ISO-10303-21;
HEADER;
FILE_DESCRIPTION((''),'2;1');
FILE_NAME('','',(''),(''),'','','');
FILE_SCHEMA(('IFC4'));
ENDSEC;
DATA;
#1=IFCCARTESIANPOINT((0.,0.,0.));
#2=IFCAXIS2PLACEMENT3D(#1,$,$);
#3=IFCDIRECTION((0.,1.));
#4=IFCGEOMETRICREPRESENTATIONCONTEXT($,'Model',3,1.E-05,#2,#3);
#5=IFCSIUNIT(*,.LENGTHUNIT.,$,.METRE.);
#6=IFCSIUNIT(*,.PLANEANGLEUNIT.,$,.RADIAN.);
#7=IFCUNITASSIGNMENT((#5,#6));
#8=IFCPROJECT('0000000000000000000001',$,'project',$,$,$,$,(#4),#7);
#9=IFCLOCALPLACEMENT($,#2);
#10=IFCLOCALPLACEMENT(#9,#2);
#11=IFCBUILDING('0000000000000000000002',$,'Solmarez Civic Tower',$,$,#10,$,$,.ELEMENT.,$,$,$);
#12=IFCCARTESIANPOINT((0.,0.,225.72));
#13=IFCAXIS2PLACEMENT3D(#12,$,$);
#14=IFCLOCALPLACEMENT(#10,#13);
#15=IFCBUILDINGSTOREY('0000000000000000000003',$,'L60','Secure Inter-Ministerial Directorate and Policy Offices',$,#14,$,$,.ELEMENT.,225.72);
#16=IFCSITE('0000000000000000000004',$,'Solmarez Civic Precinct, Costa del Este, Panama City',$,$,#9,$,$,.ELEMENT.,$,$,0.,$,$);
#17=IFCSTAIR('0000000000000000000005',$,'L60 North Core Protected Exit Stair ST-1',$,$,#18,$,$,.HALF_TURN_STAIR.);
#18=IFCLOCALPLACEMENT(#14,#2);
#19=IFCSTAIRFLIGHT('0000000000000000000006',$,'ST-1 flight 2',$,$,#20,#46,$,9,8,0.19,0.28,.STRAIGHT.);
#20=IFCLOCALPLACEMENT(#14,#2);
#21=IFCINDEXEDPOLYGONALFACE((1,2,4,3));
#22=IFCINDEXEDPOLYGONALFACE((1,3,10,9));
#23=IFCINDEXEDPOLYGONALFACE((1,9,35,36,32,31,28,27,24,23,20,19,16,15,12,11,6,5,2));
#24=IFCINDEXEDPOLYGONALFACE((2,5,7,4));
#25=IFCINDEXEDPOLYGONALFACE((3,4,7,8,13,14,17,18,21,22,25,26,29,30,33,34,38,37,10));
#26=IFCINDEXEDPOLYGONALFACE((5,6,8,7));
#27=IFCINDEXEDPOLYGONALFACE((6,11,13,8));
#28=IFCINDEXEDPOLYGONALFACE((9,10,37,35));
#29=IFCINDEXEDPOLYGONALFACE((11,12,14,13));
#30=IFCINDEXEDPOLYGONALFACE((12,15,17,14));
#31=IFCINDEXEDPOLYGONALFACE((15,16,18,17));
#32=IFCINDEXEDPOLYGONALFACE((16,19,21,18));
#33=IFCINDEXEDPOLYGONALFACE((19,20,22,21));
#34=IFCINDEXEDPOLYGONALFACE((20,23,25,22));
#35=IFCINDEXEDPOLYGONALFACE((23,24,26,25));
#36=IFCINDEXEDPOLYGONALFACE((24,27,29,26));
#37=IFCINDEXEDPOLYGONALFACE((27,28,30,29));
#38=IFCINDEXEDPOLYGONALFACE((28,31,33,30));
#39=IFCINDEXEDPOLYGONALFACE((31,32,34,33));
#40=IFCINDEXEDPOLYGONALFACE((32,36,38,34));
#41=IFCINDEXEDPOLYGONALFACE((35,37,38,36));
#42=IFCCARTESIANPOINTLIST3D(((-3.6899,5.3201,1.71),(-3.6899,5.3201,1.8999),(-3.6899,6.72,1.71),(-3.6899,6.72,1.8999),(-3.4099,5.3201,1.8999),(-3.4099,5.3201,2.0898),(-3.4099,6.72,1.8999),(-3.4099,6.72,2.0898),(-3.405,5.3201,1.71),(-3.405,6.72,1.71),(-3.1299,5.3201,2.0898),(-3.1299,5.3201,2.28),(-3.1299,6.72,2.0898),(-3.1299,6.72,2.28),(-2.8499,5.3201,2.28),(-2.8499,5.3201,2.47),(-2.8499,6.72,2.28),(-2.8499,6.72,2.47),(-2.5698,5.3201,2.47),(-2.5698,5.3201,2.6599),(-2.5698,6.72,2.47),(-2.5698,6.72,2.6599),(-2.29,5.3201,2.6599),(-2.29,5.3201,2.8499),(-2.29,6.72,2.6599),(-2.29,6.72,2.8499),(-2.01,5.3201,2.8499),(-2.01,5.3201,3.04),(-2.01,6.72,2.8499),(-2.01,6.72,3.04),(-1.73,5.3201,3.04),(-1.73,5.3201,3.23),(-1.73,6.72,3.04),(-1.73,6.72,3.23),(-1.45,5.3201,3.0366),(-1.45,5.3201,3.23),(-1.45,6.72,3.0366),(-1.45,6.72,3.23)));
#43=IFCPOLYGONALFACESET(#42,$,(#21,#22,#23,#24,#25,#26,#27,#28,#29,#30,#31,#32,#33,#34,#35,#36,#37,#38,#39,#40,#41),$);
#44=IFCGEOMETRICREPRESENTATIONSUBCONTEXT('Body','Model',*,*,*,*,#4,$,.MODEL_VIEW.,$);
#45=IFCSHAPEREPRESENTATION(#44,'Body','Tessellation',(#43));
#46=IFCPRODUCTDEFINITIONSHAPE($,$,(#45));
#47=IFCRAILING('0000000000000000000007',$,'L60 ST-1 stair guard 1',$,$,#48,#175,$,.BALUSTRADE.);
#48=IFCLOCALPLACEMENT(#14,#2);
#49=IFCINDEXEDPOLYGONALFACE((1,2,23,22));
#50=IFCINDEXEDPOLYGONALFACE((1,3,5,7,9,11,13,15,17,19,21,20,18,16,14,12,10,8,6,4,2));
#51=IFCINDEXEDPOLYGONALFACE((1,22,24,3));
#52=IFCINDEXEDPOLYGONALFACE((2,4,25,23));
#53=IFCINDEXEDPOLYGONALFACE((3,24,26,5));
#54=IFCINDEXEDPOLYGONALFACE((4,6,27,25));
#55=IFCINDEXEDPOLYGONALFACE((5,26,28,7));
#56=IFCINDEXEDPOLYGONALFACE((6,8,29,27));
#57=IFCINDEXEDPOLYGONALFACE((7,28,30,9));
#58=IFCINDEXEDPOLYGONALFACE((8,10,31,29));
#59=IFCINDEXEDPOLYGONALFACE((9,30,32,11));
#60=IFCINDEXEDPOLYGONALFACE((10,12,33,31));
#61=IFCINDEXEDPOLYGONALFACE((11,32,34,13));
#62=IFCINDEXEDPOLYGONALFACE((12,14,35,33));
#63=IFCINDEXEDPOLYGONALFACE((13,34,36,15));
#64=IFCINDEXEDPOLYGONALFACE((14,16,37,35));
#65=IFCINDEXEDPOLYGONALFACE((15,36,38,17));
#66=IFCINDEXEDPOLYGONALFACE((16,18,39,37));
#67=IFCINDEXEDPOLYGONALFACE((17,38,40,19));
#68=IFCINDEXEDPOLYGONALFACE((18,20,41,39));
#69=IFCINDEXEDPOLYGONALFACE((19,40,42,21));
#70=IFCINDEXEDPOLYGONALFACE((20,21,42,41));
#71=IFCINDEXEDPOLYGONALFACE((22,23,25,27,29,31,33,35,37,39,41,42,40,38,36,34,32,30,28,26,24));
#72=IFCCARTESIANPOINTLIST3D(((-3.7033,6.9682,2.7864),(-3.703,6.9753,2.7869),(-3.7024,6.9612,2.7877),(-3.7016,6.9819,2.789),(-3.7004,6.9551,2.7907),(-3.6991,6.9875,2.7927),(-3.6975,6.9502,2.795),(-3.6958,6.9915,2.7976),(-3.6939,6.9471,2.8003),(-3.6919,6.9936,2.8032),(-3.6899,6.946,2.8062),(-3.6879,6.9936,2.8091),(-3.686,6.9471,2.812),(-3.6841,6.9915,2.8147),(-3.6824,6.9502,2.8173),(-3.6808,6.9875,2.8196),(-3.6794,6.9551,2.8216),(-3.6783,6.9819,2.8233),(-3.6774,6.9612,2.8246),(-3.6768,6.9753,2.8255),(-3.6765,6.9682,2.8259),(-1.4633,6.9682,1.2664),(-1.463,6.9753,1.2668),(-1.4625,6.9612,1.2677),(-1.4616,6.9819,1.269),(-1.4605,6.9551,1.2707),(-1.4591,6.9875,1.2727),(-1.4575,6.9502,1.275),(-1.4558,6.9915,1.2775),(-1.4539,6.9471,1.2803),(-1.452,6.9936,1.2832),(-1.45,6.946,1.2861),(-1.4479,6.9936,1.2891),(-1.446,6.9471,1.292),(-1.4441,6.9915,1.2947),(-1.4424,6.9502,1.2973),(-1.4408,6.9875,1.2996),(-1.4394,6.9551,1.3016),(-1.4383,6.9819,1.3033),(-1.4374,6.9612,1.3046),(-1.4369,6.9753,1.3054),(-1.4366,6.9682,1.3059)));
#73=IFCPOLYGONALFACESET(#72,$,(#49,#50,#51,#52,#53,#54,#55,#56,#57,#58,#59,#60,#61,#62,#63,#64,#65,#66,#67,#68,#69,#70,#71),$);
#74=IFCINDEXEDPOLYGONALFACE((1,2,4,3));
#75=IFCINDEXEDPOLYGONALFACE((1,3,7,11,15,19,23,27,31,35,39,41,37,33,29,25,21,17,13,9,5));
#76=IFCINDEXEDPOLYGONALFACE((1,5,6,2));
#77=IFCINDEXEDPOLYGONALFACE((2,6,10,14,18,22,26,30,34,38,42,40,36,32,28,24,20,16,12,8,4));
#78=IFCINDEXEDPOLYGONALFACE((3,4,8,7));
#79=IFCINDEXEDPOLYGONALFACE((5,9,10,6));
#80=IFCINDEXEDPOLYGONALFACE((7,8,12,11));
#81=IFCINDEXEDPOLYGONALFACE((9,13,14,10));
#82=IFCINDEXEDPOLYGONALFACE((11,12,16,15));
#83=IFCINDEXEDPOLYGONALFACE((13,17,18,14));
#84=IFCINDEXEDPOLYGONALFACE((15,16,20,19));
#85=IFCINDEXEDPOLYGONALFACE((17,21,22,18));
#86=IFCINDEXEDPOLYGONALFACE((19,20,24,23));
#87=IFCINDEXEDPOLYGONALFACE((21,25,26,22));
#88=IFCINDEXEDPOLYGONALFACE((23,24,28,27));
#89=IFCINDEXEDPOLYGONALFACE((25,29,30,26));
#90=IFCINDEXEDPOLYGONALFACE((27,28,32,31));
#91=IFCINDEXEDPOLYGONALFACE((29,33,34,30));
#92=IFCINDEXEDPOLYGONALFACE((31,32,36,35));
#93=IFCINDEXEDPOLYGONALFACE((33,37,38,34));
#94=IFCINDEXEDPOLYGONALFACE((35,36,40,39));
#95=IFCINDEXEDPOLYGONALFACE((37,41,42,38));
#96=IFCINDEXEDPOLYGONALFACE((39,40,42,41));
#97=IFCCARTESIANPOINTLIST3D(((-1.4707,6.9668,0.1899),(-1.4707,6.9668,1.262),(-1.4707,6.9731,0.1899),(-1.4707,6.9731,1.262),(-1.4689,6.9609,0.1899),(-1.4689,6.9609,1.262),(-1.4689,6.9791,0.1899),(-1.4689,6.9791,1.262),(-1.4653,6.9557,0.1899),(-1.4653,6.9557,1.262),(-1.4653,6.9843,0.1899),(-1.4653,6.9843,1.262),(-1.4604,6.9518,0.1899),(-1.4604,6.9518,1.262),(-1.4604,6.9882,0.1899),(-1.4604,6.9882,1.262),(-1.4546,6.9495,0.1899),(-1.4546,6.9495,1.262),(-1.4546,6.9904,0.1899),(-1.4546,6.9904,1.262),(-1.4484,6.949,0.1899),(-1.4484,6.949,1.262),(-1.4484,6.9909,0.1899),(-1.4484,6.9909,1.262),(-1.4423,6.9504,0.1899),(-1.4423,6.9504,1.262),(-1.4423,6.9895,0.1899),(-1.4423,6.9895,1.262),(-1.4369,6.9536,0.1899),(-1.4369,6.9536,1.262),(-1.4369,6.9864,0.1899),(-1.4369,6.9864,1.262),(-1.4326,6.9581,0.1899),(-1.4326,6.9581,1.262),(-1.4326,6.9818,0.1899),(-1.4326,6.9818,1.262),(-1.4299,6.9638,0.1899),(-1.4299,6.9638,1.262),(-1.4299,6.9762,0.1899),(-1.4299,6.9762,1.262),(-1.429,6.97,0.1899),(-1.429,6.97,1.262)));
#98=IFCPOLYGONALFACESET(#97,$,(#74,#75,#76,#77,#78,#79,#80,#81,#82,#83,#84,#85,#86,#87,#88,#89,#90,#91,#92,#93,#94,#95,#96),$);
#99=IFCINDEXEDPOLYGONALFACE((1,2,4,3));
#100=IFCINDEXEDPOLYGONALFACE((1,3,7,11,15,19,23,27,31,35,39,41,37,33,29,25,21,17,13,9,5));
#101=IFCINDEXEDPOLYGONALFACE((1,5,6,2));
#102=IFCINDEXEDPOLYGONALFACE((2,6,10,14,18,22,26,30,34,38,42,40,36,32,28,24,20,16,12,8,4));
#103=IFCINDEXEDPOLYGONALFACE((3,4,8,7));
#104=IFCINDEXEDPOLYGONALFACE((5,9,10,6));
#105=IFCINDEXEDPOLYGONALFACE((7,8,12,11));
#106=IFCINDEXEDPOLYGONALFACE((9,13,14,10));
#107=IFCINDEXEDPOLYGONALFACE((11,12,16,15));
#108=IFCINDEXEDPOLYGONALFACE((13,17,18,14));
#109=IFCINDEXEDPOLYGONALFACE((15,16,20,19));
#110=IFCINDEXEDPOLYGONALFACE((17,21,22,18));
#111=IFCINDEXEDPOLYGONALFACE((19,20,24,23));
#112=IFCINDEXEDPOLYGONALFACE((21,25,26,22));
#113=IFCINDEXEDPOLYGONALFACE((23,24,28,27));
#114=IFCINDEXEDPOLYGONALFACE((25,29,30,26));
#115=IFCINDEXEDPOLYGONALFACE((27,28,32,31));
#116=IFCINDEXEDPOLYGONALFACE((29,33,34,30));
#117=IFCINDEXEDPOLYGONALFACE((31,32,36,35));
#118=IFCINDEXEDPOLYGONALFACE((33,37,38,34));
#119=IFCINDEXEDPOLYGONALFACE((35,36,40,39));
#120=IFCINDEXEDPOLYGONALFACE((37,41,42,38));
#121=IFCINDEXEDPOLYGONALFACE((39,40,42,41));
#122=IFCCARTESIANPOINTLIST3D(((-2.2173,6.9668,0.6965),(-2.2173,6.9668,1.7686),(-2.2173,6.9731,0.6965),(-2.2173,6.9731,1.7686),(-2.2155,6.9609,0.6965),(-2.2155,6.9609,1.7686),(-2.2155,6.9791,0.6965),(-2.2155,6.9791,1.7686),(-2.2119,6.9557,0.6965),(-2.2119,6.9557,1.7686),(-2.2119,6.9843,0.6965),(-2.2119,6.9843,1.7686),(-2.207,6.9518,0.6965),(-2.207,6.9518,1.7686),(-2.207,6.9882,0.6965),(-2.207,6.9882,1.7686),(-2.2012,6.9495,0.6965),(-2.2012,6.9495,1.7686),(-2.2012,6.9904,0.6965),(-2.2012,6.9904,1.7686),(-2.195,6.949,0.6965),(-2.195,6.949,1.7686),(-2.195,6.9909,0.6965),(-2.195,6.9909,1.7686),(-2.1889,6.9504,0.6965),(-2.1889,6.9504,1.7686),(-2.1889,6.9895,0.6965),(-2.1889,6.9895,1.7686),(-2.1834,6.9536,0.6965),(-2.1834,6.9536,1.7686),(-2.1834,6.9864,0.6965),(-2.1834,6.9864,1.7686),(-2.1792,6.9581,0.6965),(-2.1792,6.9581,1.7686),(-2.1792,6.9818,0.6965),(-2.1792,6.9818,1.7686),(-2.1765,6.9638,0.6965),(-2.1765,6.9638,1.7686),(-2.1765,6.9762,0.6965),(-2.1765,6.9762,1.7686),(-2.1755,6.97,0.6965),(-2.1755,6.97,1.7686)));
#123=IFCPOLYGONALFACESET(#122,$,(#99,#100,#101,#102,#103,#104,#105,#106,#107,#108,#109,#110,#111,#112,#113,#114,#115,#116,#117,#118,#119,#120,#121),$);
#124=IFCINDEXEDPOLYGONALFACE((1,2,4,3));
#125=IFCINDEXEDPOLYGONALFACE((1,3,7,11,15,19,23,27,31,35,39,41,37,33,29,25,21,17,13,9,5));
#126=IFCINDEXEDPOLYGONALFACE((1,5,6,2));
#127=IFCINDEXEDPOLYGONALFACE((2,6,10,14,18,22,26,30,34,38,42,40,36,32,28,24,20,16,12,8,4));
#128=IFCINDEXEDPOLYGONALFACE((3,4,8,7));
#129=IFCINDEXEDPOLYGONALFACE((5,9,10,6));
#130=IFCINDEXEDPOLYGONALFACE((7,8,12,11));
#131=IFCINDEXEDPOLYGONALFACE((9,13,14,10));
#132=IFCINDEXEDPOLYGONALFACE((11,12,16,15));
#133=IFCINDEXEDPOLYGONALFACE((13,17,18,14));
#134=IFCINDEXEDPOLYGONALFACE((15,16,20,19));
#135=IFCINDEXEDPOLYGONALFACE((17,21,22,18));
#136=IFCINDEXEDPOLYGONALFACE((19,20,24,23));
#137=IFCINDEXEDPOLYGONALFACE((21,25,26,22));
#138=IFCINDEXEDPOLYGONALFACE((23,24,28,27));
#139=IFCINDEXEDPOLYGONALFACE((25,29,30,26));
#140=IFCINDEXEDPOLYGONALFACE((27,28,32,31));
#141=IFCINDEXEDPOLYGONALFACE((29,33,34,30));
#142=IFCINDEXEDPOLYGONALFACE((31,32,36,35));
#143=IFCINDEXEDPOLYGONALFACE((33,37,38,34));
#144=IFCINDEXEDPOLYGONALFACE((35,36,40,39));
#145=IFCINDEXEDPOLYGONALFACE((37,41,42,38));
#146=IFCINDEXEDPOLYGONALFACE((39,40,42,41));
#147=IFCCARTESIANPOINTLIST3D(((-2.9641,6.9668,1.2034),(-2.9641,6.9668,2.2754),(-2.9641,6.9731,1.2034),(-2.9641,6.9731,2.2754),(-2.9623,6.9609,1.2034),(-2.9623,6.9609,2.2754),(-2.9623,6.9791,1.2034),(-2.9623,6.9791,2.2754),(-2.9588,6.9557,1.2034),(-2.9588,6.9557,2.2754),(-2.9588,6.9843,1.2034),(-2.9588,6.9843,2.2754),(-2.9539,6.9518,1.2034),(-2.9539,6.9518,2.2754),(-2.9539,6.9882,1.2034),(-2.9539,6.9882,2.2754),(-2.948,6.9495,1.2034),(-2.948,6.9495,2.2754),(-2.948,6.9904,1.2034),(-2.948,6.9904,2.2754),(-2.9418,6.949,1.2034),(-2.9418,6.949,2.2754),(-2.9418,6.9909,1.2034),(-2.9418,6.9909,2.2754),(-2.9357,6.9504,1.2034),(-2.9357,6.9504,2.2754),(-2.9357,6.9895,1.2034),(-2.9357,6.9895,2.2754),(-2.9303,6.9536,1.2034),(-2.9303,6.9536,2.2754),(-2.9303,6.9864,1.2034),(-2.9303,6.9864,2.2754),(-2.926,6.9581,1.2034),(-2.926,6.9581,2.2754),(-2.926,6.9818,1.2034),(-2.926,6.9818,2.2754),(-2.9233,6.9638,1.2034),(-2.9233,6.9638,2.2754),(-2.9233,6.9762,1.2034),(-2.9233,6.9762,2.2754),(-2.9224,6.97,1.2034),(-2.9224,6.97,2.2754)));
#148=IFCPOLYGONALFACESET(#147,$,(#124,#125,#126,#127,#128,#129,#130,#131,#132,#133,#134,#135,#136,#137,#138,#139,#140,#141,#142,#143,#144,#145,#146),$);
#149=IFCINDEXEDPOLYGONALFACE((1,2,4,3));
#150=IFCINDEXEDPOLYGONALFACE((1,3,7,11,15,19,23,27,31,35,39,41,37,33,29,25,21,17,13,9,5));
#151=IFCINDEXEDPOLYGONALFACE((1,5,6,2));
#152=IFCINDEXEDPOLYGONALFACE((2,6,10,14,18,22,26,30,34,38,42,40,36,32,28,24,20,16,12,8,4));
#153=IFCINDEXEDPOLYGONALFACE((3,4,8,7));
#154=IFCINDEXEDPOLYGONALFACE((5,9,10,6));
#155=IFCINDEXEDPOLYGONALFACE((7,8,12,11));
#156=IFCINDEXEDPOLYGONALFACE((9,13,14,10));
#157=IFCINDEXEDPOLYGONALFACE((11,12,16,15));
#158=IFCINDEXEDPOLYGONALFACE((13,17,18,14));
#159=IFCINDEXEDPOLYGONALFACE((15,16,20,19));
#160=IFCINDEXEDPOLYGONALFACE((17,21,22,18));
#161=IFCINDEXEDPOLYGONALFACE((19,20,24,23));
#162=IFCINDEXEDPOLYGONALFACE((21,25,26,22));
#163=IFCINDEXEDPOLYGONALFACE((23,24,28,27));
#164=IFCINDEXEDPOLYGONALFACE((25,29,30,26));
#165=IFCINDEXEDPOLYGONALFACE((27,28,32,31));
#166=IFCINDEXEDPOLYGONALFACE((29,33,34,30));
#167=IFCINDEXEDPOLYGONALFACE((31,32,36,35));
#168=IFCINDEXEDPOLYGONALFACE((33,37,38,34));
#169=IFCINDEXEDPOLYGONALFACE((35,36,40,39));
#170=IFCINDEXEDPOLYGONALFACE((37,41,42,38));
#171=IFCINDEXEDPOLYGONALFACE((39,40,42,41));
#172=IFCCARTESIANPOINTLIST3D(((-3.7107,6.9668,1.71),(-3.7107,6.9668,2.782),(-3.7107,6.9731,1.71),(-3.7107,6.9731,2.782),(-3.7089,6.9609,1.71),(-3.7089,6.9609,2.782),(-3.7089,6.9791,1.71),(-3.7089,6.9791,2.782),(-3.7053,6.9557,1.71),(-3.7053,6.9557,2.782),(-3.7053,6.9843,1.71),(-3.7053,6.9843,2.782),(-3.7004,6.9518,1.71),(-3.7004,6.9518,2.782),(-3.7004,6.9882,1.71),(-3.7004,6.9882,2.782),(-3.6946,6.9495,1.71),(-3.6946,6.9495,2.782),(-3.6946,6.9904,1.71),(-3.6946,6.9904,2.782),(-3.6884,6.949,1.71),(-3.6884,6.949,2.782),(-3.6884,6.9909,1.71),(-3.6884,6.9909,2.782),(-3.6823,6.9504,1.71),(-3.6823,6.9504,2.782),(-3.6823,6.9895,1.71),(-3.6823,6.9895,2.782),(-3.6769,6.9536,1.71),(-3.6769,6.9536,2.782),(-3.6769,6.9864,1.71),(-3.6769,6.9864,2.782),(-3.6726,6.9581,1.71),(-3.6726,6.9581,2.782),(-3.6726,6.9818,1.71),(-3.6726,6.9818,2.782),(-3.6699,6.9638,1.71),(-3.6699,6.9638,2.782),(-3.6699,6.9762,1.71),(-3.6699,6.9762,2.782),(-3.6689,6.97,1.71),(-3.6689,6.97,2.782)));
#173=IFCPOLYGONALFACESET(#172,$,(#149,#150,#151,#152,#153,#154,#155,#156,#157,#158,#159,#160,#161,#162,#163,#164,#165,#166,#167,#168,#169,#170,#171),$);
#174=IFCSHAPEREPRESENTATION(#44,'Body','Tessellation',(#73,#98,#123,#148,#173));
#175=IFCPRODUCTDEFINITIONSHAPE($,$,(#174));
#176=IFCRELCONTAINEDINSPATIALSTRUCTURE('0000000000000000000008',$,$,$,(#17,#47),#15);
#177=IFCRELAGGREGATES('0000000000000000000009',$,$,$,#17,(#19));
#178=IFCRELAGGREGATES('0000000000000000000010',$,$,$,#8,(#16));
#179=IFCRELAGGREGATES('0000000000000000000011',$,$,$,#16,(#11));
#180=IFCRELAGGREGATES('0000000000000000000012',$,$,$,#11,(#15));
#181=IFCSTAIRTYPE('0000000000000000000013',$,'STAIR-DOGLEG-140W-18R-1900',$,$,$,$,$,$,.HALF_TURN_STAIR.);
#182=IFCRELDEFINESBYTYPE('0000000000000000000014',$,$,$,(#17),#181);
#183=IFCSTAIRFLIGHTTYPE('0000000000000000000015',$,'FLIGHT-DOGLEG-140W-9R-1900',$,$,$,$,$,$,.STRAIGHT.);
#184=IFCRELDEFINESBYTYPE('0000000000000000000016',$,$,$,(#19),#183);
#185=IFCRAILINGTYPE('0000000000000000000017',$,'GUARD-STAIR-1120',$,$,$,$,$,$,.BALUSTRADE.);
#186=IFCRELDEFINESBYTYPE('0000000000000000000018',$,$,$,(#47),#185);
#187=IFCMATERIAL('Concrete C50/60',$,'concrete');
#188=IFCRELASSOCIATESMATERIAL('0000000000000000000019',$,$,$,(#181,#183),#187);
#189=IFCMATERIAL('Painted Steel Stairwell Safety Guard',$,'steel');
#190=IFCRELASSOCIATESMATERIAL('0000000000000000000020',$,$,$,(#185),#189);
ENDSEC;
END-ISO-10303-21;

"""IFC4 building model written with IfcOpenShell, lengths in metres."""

from ifc_helpers import new_model, si_unit, direction, frame, origin, origin_2d, place, context, subcontext, project, spatial, polyline, circle, outline, extrude, material, type_object, element, aggregate, save


model = new_model("IFC4")

# Units and contexts
model_context = context("Model", 3, precision=1e-05, world=origin(), true_north=direction((0.0, 1.0)))
body_context = subcontext(model_context, "Body", "Model", "MODEL_VIEW")
ifc_project = project(units=[si_unit("LENGTHUNIT", "METRE"), si_unit("PLANEANGLEUNIT", "RADIAN")], contexts=[model_context])

# Site, building, storey
site_placement = place(None, origin())
site = spatial("IfcSite", under=ifc_project, at=site_placement, Name="Solmarez Civic Precinct, Costa del Este, Panama City", CompositionType="ELEMENT", RefElevation=0.0)
building_placement = place(site_placement, origin())
building = spatial("IfcBuilding", under=site, at=building_placement, Name="Solmarez Civic Tower", CompositionType="ELEMENT")
storey_placement = place(building_placement, frame((0.0, 0.0, 225.72)))
storey = spatial("IfcBuildingStorey", under=building, at=storey_placement, Name="L60", Description="Secure Inter-Ministerial Directorate and Policy Offices", CompositionType="ELEMENT", Elevation=225.72)

# Shared definitions
ifc_material_1 = material(Name="Concrete C50/60", Category="concrete")

# Stair, stair flight
stair_type = type_object("IfcStairType", Name="STAIR-DOGLEG-140W-18R-1900", PredefinedType="HALF_TURN_STAIR", material=ifc_material_1)
stair_placement = place(storey_placement, origin())
stair = element("IfcStair", 1, at=stair_placement, inside=storey, type_object=stair_type, Name="L60 North Core Protected Exit Stair ST-1", PredefinedType="HALF_TURN_STAIR")
stair_flight_type = type_object("IfcStairFlightType", Name="FLIGHT-DOGLEG-140W-9R-1900", PredefinedType="STRAIGHT", material=ifc_material_1)
stair_flight_1_placement = place(storey_placement, frame((-3.6899, 6.02, 1.71), z_axis=(0.0, 0.0, 1.0), x_axis=(1.0, 0.0, 0.0)))
stair_flight_1 = element("IfcStairFlight", 2, at=stair_flight_1_placement, type_object=stair_flight_type, Name="ST-1 flight 2", NumberOfRisers=9, NumberOfTreads=8, PredefinedType="STRAIGHT", RiserHeight=0.19, TreadLength=0.28, context=body_context, shape_type="SweptSolid", body=[
    extrude(outline(polyline([(0.0, 0.0), (0.0, 0.1899), (0.28, 0.1899), (0.28, 0.3799), (0.5601, 0.3799), (0.5601, 0.5701), (0.8401, 0.5701), (0.8401, 0.76), (1.1201, 0.76), (1.1201, 0.95), (1.3999, 0.95), (1.3999, 1.1399), (1.6799, 1.1399), (1.6799, 1.3301), (1.96, 1.3301), (1.96, 1.52), (2.24, 1.52), (2.24, 1.71), (2.24, 1.3267), (0.2849, 0.0), (0.0, 0.0)])), frame((0.0, 0.7, 0.0), z_axis=(0.0, -1.0, 0.0), x_axis=(1.0, 0.0, 0.0)), (0.0, 0.0, 1.0), 1.3999),
])
aggregate(stair, [stair_flight_1])

# Railing
ifc_material_2 = material(Name="Painted Steel Stairwell Safety Guard", Category="steel")
railing_type_1 = type_object("IfcRailingType", Name="GUARD-STAIR-1120", PredefinedType="BALUSTRADE", material=ifc_material_2)
railing_1_placement = place(storey_placement, frame((-1.45, 6.97, 0.1899)))
element("IfcRailing", 3, at=railing_1_placement, inside=storey, type_object=railing_type_1, Name="L60 ST-1 stair guard 1", PredefinedType="BALUSTRADE", context=body_context, shape_type="SweptSolid", body=[
    extrude(circle(Radius=0.0239, at=origin_2d()), frame((0.0, 0.0, 1.0962), z_axis=(-0.827471, 0.0, 0.561508), x_axis=(0.0, -1.0, 0.0)), (0.0, 0.0, 1.0), 2.707),
    extrude(circle(Radius=0.021, at=origin_2d()), origin(), (0.0, 0.0, 1.0), 1.072),
    extrude(circle(Radius=0.021, at=origin_2d()), frame((-0.7466, 0.0, 0.5066)), (0.0, 0.0, 1.0), 1.072),
    extrude(circle(Radius=0.021, at=origin_2d()), frame((-1.4934, 0.0, 1.0134)), (0.0, 0.0, 1.0), 1.072),
    extrude(circle(Radius=0.021, at=origin_2d()), frame((-2.24, 0.0, 1.52)), (0.0, 0.0, 1.0), 1.072),
])

save(model, "model.ifc")
